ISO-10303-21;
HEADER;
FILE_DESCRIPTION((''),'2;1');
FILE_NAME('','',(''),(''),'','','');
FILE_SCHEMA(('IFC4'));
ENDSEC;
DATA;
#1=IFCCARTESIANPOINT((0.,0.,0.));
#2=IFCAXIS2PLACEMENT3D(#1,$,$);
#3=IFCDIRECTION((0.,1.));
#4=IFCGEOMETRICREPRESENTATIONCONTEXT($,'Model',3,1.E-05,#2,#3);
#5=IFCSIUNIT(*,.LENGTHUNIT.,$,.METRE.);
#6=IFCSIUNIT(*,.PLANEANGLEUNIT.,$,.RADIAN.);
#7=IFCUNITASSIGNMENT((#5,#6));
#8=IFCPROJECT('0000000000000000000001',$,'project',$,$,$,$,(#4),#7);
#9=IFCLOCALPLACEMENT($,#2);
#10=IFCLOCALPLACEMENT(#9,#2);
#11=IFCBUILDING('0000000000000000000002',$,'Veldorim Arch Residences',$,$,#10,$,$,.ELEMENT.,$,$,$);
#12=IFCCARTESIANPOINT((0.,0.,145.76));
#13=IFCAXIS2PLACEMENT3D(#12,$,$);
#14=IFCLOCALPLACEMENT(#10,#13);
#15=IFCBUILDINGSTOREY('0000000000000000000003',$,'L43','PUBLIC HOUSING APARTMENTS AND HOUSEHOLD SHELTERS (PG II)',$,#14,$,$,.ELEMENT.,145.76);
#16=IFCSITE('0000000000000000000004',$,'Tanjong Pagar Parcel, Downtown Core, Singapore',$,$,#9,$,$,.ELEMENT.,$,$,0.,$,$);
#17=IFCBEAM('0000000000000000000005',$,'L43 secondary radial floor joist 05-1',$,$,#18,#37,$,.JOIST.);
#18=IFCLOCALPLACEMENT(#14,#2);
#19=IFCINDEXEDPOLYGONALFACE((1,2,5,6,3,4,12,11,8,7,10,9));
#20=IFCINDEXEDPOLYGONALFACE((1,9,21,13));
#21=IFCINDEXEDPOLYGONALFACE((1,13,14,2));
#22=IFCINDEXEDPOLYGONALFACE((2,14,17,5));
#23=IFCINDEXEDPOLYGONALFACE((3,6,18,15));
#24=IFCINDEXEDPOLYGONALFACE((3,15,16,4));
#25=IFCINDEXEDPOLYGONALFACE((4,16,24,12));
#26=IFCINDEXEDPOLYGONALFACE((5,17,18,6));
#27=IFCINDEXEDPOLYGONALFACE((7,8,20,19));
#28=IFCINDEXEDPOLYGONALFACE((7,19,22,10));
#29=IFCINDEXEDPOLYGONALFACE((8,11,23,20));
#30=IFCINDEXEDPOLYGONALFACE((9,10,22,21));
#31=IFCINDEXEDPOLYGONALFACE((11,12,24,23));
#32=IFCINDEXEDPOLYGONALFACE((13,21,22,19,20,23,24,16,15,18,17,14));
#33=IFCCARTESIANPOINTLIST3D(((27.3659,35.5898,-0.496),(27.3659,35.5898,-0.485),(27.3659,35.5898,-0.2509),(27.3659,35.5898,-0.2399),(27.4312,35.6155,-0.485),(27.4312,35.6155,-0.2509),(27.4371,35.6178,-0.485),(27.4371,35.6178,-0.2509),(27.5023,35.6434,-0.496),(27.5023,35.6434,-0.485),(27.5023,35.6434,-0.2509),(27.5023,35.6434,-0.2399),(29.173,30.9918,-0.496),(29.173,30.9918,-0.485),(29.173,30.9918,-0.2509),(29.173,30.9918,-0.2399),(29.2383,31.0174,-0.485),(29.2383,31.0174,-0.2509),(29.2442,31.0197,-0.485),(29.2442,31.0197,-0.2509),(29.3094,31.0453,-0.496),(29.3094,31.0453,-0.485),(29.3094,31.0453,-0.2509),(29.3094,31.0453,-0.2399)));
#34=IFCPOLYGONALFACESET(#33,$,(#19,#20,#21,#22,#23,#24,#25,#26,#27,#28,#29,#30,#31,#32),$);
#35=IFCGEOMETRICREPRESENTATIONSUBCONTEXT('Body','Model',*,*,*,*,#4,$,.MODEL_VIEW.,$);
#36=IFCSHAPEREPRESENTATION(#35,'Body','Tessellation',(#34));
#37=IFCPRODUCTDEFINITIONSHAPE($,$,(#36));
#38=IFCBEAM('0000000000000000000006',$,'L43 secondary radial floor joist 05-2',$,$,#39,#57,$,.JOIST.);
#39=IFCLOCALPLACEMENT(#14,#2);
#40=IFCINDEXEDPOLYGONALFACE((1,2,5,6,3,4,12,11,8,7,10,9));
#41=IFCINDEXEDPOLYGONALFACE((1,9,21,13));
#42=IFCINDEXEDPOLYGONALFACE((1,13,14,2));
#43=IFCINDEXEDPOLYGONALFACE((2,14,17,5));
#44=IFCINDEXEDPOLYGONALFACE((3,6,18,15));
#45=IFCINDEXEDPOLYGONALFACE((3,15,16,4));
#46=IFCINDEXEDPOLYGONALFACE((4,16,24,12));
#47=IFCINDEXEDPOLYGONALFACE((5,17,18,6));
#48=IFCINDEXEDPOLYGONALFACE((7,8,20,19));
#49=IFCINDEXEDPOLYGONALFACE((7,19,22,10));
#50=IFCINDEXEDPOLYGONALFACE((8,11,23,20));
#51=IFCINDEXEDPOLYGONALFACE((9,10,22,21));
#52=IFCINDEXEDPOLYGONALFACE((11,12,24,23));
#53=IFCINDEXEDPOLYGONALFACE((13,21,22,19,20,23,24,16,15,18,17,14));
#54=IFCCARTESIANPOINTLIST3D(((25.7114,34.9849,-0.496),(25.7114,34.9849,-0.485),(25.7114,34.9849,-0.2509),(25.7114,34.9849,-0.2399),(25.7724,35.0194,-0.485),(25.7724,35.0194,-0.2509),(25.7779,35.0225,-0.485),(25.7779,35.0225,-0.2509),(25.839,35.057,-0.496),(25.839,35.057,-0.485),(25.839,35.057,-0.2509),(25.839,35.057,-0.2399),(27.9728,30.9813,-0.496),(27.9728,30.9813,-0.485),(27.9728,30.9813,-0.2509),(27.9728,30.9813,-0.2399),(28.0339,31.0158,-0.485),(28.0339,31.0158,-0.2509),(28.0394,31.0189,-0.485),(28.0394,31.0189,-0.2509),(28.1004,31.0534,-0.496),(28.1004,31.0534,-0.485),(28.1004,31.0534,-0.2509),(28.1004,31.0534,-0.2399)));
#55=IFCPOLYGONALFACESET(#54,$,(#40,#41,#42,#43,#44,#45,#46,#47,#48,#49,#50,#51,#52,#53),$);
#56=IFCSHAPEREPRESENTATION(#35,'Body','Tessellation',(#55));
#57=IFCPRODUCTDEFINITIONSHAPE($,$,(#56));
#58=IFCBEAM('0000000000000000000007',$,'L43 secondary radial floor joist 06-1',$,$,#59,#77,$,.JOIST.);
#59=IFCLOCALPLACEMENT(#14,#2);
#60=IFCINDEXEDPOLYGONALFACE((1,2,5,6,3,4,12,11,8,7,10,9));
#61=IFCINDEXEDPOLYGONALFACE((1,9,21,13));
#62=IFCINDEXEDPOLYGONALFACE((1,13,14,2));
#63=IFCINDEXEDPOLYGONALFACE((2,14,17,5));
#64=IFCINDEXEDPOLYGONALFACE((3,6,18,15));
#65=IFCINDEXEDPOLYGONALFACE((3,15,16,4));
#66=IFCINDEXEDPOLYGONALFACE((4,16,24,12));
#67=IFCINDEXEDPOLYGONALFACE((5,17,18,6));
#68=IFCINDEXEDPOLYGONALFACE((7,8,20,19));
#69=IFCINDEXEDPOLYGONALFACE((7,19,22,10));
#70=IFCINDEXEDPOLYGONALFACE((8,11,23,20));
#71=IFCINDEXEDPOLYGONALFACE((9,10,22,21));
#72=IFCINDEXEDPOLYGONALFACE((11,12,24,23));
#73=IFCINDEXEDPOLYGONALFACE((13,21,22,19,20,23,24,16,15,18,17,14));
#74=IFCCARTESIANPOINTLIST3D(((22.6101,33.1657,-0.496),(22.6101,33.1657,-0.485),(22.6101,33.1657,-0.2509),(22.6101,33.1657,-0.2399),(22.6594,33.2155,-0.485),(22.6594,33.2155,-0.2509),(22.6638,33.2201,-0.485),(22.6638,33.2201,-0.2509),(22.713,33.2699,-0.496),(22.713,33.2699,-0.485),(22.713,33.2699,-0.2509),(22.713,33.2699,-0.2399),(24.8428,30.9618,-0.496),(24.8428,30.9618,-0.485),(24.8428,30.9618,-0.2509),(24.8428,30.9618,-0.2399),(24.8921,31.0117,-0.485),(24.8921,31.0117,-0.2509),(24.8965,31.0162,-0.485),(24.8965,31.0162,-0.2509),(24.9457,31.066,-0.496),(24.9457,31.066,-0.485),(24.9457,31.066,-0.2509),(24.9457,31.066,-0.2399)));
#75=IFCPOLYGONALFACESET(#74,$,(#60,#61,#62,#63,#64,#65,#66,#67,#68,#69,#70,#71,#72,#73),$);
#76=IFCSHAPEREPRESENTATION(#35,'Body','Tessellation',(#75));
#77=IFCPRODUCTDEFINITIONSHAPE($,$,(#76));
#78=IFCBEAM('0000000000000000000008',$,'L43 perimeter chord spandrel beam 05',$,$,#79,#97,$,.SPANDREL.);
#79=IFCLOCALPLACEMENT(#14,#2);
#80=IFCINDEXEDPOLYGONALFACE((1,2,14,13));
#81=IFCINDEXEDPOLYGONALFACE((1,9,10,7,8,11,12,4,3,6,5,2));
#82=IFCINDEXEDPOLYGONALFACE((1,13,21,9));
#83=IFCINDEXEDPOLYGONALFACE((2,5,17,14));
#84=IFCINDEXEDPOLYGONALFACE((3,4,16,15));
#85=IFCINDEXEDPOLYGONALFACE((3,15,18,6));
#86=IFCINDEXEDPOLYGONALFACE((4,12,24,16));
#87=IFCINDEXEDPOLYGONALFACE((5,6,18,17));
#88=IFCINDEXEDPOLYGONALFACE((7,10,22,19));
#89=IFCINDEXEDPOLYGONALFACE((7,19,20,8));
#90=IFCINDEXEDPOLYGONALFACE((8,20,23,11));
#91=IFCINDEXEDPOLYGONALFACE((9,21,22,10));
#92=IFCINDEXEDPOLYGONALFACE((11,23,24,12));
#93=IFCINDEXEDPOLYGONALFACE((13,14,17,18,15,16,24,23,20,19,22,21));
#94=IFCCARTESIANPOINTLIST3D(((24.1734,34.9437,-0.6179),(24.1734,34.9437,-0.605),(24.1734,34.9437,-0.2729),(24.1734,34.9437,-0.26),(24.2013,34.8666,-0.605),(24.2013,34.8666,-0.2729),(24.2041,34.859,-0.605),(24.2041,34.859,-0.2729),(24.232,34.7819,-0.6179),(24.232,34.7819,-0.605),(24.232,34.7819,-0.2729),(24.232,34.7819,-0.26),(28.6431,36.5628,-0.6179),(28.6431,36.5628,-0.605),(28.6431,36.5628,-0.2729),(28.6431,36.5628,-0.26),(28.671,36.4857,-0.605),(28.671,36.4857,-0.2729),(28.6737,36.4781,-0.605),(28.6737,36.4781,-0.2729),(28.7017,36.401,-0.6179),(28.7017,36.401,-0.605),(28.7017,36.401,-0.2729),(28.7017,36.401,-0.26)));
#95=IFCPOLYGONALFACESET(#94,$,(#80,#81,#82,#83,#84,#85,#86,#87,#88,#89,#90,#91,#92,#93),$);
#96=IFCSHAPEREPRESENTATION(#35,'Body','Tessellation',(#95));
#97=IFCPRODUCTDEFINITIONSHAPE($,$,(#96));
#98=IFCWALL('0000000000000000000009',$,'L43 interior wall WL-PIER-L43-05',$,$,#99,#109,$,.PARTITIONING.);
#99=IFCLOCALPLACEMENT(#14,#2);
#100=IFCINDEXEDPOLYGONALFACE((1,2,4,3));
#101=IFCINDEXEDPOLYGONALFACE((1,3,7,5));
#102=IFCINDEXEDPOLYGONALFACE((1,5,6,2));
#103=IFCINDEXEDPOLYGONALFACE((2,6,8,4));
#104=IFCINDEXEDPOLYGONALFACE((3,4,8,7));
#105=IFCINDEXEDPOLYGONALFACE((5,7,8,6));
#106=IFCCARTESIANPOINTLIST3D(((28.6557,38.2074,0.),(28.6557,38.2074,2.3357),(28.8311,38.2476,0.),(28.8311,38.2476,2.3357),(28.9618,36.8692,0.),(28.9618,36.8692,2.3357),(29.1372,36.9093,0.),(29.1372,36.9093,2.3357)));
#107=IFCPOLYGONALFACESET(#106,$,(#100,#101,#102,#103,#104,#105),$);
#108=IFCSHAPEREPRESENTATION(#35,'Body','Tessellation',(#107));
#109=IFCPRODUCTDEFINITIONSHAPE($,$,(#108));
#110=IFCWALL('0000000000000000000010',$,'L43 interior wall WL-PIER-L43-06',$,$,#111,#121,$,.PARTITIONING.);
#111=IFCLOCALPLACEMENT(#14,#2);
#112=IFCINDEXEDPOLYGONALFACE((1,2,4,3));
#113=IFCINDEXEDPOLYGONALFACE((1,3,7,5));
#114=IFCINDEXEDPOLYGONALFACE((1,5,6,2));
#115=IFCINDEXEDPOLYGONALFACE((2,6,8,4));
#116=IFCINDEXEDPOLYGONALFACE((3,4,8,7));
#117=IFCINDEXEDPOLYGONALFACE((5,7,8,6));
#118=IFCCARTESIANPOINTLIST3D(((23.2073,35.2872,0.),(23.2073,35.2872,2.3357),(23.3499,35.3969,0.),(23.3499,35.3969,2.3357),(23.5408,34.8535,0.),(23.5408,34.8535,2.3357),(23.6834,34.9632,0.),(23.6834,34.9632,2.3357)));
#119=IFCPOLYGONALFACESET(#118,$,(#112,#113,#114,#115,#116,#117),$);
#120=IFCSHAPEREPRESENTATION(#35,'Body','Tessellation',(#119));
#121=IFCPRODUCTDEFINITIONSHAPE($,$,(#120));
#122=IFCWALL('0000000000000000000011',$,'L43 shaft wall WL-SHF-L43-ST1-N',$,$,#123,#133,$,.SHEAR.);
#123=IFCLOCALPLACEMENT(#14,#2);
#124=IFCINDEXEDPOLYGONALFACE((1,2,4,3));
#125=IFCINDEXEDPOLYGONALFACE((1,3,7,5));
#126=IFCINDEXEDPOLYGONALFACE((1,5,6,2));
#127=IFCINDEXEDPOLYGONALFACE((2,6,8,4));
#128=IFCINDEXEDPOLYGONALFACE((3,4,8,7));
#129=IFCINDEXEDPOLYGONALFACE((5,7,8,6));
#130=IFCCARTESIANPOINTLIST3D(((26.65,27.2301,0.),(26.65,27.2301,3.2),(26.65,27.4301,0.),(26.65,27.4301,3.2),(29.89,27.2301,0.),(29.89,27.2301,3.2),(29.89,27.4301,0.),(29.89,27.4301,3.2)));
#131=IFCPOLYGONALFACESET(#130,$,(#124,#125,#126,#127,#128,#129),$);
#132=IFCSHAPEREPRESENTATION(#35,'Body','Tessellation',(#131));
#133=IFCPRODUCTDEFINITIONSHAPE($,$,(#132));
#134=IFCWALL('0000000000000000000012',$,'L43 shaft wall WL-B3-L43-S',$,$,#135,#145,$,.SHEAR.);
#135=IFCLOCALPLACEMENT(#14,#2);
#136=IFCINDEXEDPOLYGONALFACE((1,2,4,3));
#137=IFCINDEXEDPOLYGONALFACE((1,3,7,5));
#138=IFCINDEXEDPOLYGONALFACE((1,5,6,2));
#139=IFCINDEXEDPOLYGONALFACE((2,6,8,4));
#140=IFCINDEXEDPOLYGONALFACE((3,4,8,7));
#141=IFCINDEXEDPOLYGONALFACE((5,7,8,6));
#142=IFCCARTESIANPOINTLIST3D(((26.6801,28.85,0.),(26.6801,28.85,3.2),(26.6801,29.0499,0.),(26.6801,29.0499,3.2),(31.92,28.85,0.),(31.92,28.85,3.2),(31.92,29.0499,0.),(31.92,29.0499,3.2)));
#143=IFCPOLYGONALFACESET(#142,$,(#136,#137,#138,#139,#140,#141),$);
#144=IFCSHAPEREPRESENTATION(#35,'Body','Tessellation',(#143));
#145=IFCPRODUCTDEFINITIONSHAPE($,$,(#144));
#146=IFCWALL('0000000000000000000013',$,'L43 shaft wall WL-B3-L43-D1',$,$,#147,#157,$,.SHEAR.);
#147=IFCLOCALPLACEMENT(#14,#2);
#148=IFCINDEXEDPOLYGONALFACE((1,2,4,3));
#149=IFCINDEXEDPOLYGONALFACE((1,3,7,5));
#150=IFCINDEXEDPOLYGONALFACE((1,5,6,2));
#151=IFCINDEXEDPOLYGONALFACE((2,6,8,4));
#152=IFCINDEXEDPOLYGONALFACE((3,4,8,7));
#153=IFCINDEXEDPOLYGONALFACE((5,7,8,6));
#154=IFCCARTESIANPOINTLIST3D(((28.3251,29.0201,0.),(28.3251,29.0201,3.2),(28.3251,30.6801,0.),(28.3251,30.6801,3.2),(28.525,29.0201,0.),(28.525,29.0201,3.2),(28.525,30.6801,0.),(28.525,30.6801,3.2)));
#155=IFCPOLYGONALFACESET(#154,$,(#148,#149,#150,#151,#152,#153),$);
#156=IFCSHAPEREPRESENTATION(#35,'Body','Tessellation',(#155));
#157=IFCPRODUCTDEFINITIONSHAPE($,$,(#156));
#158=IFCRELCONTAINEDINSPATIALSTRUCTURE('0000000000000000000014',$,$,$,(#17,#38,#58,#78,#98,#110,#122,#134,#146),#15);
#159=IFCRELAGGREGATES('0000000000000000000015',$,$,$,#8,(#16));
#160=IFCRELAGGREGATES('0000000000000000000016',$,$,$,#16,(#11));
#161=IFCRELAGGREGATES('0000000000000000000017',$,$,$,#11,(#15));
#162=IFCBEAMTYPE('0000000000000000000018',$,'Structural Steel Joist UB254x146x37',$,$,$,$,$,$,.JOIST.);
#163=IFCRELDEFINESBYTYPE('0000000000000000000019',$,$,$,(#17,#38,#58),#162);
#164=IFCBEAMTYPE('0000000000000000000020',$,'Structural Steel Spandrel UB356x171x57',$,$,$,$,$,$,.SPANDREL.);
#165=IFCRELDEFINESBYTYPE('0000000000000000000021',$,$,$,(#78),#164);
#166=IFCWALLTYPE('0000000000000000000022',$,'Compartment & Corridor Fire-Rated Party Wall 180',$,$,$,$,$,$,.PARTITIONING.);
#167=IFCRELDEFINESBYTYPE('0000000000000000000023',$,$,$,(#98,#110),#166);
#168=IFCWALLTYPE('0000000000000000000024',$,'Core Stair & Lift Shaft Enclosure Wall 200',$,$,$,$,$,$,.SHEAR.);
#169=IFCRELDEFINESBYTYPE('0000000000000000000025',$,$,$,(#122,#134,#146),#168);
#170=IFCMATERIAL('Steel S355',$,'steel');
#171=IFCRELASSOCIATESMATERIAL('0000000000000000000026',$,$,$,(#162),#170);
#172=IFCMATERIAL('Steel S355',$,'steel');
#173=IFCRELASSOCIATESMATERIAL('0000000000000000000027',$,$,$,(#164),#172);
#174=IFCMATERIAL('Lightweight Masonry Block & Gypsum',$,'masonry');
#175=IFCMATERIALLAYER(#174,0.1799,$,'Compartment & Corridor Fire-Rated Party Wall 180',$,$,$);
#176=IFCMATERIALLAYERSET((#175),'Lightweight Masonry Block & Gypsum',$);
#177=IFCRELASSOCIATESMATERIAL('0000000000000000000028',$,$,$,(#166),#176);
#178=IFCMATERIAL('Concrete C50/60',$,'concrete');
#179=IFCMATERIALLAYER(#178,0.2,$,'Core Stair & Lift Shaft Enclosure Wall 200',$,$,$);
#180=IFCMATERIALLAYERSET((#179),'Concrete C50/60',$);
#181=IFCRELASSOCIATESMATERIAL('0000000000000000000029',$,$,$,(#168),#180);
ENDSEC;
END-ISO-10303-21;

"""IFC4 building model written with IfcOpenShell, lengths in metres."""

from ifc_helpers import new_model, si_unit, direction, frame, frame_2d, origin, origin_2d, place, context, subcontext, project, spatial, rectangle, i_section, extrude, material, layer, layer_set, material_profile, profile_set, type_object, element, save


model = new_model("IFC4")

# Units and contexts
model_context = context("Model", 3, precision=1e-05, world=origin(), true_north=direction((0.0, 1.0)))
body_context = subcontext(model_context, "Body", "Model", "MODEL_VIEW")
ifc_project = project(units=[si_unit("LENGTHUNIT", "METRE"), si_unit("PLANEANGLEUNIT", "RADIAN")], contexts=[model_context])

# Site, building, storey
site_placement = place(None, origin())
site = spatial("IfcSite", under=ifc_project, at=site_placement, Name="Tanjong Pagar Parcel, Downtown Core, Singapore", CompositionType="ELEMENT", RefElevation=0.0)
building_placement = place(site_placement, origin())
building = spatial("IfcBuilding", under=site, at=building_placement, Name="Veldorim Arch Residences", CompositionType="ELEMENT")
storey_placement = place(building_placement, frame((0.0, 0.0, 145.76)))
storey = spatial("IfcBuildingStorey", under=building, at=storey_placement, Name="L43", Description="PUBLIC HOUSING APARTMENTS AND HOUSEHOLD SHELTERS (PG II)", CompositionType="ELEMENT", Elevation=145.76)

# Beams
ifc_material_1 = material(Name="Steel S355", Category="steel")
ifc_material_profile_1 = material_profile(ifc_material_1, i_section(OverallWidth=0.1465, OverallDepth=0.2561, WebThickness=0.0063, FlangeThickness=0.011, at=origin_2d()), Name="UB254x146x37")
ifc_profile_set_1 = profile_set([ifc_material_profile_1], Name="Steel S355")
beam_type_1 = type_object("IfcBeamType", Name="Structural Steel Joist UB254x146x37", PredefinedType="JOIST", material=ifc_profile_set_1)
beam_1_placement = place(storey_placement, frame((29.2412, 31.0186, -0.3679), z_axis=(-0.365778, 0.930702, 0.0), x_axis=(-0.930702, -0.365778, 0.0)))
element("IfcBeam", 1, at=beam_1_placement, inside=storey, type_object=beam_type_1, Name="L43 secondary radial floor joist 05-1", PredefinedType="JOIST", context=body_context, shape_type="SweptSolid", body=[
    extrude(i_section(OverallWidth=0.1465, OverallDepth=0.2561, WebThickness=0.0063, FlangeThickness=0.011, at=origin_2d()), origin(), (0.0, 0.0, 1.0), 4.9404),
])
beam_2_placement = place(storey_placement, frame((28.0366, 31.0173, -0.3679), z_axis=(-0.491816, 0.870699, 0.0), x_axis=(-0.870699, -0.491816, 0.0)))
element("IfcBeam", 2, at=beam_2_placement, inside=storey, type_object=beam_type_1, Name="L43 secondary radial floor joist 05-2", PredefinedType="JOIST", context=body_context, shape_type="SweptSolid", body=[
    extrude(i_section(OverallWidth=0.1465, OverallDepth=0.2561, WebThickness=0.0063, FlangeThickness=0.011, at=origin_2d()), origin(), (0.0, 0.0, 1.0), 4.5981),
])
beam_3_placement = place(storey_placement, frame((24.8943, 31.0139, -0.3679), z_axis=(-0.711683, 0.7025, 0.0), x_axis=(-0.7025, -0.711683, 0.0)))
element("IfcBeam", 3, at=beam_3_placement, inside=storey, type_object=beam_type_1, Name="L43 secondary radial floor joist 06-1", PredefinedType="JOIST", context=body_context, shape_type="SweptSolid", body=[
    extrude(i_section(OverallWidth=0.1465, OverallDepth=0.2561, WebThickness=0.0063, FlangeThickness=0.011, at=origin_2d()), origin(), (0.0, 0.0, 1.0), 3.1372),
])
ifc_material_2 = material(Name="Steel S355", Category="steel")
ifc_material_profile_2 = material_profile(ifc_material_2, i_section(OverallWidth=0.1721, OverallDepth=0.3579, WebThickness=0.0081, FlangeThickness=0.0129, at=origin_2d()), Name="UB356x171x57")
ifc_profile_set_2 = profile_set([ifc_material_profile_2], Name="Steel S355")
beam_type_2 = type_object("IfcBeamType", Name="Structural Steel Spandrel UB356x171x57", PredefinedType="SPANDREL", material=ifc_profile_set_2)
beam_4_placement = place(storey_placement, frame((28.6724, 36.4819, -0.439), z_axis=(-0.940213, -0.340588, 0.0), x_axis=(0.340588, -0.940213, 0.0)))
element("IfcBeam", 4, at=beam_4_placement, inside=storey, type_object=beam_type_2, Name="L43 perimeter chord spandrel beam 05", PredefinedType="SPANDREL", context=body_context, shape_type="SweptSolid", body=[
    extrude(i_section(OverallWidth=0.1721, OverallDepth=0.3579, WebThickness=0.0081, FlangeThickness=0.0129, at=origin_2d()), origin(), (0.0, 0.0, 1.0), 4.7539),
])

# Walls
ifc_material_3 = material(Name="Lightweight Masonry Block & Gypsum", Category="masonry")
ifc_layer_1 = layer(ifc_material_3, 0.1799, Name="Compartment & Corridor Fire-Rated Party Wall 180")
ifc_layer_set_1 = layer_set([ifc_layer_1], Name="Lightweight Masonry Block & Gypsum")
wall_type_1 = type_object("IfcWallType", Name="Compartment & Corridor Fire-Rated Party Wall 180", PredefinedType="PARTITIONING", material=ifc_layer_set_1)
wall_1_placement = place(storey_placement, frame((29.0496, 36.8892, 0.0), z_axis=(0.0, 0.0, 1.0), x_axis=(-0.223028, 0.974812, 0.0)))
element("IfcWall", 5, at=wall_1_placement, inside=storey, type_object=wall_type_1, Name="L43 interior wall WL-PIER-L43-05", PredefinedType="PARTITIONING", context=body_context, shape_type="SweptSolid", body=[
    extrude(rectangle(XDim=1.3728, YDim=0.1799, at=frame_2d((0.6865, 0.0))), origin(), (0.0, 0.0, 1.0), 2.3357),
])
wall_2_placement = place(storey_placement, frame((23.6121, 34.9084, 0.0), z_axis=(0.0, 0.0, 1.0), x_axis=(-0.609668, 0.792657, 0.0)))
element("IfcWall", 6, at=wall_2_placement, inside=storey, type_object=wall_type_1, Name="L43 interior wall WL-PIER-L43-06", PredefinedType="PARTITIONING", context=body_context, shape_type="SweptSolid", body=[
    extrude(rectangle(XDim=0.5471, YDim=0.1799, at=frame_2d((0.2734, 0.0))), origin(), (0.0, 0.0, 1.0), 2.3357),
])
ifc_material_4 = material(Name="Concrete C50/60", Category="concrete")
ifc_layer_2 = layer(ifc_material_4, 0.2, Name="Core Stair & Lift Shaft Enclosure Wall 200")
ifc_layer_set_2 = layer_set([ifc_layer_2], Name="Concrete C50/60")
wall_type_2 = type_object("IfcWallType", Name="Core Stair & Lift Shaft Enclosure Wall 200", PredefinedType="SHEAR", material=ifc_layer_set_2)
wall_3_placement = place(storey_placement, frame((26.6499, 27.3301, 0.0), z_axis=(0.0, 0.0, 1.0), x_axis=(1.0, 0.0, 0.0)))
element("IfcWall", 7, at=wall_3_placement, inside=storey, type_object=wall_type_2, Name="L43 shaft wall WL-SHF-L43-ST1-N", PredefinedType="SHEAR", context=body_context, shape_type="SweptSolid", body=[
    extrude(rectangle(XDim=3.24, YDim=0.2, at=frame_2d((1.6201, 0.0))), origin(), (0.0, 0.0, 1.0), 3.2),
])
wall_4_placement = place(storey_placement, frame((26.6799, 28.95, 0.0), z_axis=(0.0, 0.0, 1.0), x_axis=(1.0, 0.0, 0.0)))
element("IfcWall", 8, at=wall_4_placement, inside=storey, type_object=wall_type_2, Name="L43 shaft wall WL-B3-L43-S", PredefinedType="SHEAR", context=body_context, shape_type="SweptSolid", body=[
    extrude(rectangle(XDim=5.24, YDim=0.2, at=frame_2d((2.6201, 0.0))), origin(), (0.0, 0.0, 1.0), 3.2),
])
wall_5_placement = place(storey_placement, frame((28.425, 29.02, 0.0), z_axis=(0.0, 0.0, 1.0), x_axis=(0.0, 1.0, 0.0)))
element("IfcWall", 9, at=wall_5_placement, inside=storey, type_object=wall_type_2, Name="L43 shaft wall WL-B3-L43-D1", PredefinedType="SHEAR", context=body_context, shape_type="SweptSolid", body=[
    extrude(rectangle(XDim=1.6599, YDim=0.2, at=frame_2d((0.8301, 0.0))), origin(), (0.0, 0.0, 1.0), 3.2),
])

save(model, "model.ifc")
